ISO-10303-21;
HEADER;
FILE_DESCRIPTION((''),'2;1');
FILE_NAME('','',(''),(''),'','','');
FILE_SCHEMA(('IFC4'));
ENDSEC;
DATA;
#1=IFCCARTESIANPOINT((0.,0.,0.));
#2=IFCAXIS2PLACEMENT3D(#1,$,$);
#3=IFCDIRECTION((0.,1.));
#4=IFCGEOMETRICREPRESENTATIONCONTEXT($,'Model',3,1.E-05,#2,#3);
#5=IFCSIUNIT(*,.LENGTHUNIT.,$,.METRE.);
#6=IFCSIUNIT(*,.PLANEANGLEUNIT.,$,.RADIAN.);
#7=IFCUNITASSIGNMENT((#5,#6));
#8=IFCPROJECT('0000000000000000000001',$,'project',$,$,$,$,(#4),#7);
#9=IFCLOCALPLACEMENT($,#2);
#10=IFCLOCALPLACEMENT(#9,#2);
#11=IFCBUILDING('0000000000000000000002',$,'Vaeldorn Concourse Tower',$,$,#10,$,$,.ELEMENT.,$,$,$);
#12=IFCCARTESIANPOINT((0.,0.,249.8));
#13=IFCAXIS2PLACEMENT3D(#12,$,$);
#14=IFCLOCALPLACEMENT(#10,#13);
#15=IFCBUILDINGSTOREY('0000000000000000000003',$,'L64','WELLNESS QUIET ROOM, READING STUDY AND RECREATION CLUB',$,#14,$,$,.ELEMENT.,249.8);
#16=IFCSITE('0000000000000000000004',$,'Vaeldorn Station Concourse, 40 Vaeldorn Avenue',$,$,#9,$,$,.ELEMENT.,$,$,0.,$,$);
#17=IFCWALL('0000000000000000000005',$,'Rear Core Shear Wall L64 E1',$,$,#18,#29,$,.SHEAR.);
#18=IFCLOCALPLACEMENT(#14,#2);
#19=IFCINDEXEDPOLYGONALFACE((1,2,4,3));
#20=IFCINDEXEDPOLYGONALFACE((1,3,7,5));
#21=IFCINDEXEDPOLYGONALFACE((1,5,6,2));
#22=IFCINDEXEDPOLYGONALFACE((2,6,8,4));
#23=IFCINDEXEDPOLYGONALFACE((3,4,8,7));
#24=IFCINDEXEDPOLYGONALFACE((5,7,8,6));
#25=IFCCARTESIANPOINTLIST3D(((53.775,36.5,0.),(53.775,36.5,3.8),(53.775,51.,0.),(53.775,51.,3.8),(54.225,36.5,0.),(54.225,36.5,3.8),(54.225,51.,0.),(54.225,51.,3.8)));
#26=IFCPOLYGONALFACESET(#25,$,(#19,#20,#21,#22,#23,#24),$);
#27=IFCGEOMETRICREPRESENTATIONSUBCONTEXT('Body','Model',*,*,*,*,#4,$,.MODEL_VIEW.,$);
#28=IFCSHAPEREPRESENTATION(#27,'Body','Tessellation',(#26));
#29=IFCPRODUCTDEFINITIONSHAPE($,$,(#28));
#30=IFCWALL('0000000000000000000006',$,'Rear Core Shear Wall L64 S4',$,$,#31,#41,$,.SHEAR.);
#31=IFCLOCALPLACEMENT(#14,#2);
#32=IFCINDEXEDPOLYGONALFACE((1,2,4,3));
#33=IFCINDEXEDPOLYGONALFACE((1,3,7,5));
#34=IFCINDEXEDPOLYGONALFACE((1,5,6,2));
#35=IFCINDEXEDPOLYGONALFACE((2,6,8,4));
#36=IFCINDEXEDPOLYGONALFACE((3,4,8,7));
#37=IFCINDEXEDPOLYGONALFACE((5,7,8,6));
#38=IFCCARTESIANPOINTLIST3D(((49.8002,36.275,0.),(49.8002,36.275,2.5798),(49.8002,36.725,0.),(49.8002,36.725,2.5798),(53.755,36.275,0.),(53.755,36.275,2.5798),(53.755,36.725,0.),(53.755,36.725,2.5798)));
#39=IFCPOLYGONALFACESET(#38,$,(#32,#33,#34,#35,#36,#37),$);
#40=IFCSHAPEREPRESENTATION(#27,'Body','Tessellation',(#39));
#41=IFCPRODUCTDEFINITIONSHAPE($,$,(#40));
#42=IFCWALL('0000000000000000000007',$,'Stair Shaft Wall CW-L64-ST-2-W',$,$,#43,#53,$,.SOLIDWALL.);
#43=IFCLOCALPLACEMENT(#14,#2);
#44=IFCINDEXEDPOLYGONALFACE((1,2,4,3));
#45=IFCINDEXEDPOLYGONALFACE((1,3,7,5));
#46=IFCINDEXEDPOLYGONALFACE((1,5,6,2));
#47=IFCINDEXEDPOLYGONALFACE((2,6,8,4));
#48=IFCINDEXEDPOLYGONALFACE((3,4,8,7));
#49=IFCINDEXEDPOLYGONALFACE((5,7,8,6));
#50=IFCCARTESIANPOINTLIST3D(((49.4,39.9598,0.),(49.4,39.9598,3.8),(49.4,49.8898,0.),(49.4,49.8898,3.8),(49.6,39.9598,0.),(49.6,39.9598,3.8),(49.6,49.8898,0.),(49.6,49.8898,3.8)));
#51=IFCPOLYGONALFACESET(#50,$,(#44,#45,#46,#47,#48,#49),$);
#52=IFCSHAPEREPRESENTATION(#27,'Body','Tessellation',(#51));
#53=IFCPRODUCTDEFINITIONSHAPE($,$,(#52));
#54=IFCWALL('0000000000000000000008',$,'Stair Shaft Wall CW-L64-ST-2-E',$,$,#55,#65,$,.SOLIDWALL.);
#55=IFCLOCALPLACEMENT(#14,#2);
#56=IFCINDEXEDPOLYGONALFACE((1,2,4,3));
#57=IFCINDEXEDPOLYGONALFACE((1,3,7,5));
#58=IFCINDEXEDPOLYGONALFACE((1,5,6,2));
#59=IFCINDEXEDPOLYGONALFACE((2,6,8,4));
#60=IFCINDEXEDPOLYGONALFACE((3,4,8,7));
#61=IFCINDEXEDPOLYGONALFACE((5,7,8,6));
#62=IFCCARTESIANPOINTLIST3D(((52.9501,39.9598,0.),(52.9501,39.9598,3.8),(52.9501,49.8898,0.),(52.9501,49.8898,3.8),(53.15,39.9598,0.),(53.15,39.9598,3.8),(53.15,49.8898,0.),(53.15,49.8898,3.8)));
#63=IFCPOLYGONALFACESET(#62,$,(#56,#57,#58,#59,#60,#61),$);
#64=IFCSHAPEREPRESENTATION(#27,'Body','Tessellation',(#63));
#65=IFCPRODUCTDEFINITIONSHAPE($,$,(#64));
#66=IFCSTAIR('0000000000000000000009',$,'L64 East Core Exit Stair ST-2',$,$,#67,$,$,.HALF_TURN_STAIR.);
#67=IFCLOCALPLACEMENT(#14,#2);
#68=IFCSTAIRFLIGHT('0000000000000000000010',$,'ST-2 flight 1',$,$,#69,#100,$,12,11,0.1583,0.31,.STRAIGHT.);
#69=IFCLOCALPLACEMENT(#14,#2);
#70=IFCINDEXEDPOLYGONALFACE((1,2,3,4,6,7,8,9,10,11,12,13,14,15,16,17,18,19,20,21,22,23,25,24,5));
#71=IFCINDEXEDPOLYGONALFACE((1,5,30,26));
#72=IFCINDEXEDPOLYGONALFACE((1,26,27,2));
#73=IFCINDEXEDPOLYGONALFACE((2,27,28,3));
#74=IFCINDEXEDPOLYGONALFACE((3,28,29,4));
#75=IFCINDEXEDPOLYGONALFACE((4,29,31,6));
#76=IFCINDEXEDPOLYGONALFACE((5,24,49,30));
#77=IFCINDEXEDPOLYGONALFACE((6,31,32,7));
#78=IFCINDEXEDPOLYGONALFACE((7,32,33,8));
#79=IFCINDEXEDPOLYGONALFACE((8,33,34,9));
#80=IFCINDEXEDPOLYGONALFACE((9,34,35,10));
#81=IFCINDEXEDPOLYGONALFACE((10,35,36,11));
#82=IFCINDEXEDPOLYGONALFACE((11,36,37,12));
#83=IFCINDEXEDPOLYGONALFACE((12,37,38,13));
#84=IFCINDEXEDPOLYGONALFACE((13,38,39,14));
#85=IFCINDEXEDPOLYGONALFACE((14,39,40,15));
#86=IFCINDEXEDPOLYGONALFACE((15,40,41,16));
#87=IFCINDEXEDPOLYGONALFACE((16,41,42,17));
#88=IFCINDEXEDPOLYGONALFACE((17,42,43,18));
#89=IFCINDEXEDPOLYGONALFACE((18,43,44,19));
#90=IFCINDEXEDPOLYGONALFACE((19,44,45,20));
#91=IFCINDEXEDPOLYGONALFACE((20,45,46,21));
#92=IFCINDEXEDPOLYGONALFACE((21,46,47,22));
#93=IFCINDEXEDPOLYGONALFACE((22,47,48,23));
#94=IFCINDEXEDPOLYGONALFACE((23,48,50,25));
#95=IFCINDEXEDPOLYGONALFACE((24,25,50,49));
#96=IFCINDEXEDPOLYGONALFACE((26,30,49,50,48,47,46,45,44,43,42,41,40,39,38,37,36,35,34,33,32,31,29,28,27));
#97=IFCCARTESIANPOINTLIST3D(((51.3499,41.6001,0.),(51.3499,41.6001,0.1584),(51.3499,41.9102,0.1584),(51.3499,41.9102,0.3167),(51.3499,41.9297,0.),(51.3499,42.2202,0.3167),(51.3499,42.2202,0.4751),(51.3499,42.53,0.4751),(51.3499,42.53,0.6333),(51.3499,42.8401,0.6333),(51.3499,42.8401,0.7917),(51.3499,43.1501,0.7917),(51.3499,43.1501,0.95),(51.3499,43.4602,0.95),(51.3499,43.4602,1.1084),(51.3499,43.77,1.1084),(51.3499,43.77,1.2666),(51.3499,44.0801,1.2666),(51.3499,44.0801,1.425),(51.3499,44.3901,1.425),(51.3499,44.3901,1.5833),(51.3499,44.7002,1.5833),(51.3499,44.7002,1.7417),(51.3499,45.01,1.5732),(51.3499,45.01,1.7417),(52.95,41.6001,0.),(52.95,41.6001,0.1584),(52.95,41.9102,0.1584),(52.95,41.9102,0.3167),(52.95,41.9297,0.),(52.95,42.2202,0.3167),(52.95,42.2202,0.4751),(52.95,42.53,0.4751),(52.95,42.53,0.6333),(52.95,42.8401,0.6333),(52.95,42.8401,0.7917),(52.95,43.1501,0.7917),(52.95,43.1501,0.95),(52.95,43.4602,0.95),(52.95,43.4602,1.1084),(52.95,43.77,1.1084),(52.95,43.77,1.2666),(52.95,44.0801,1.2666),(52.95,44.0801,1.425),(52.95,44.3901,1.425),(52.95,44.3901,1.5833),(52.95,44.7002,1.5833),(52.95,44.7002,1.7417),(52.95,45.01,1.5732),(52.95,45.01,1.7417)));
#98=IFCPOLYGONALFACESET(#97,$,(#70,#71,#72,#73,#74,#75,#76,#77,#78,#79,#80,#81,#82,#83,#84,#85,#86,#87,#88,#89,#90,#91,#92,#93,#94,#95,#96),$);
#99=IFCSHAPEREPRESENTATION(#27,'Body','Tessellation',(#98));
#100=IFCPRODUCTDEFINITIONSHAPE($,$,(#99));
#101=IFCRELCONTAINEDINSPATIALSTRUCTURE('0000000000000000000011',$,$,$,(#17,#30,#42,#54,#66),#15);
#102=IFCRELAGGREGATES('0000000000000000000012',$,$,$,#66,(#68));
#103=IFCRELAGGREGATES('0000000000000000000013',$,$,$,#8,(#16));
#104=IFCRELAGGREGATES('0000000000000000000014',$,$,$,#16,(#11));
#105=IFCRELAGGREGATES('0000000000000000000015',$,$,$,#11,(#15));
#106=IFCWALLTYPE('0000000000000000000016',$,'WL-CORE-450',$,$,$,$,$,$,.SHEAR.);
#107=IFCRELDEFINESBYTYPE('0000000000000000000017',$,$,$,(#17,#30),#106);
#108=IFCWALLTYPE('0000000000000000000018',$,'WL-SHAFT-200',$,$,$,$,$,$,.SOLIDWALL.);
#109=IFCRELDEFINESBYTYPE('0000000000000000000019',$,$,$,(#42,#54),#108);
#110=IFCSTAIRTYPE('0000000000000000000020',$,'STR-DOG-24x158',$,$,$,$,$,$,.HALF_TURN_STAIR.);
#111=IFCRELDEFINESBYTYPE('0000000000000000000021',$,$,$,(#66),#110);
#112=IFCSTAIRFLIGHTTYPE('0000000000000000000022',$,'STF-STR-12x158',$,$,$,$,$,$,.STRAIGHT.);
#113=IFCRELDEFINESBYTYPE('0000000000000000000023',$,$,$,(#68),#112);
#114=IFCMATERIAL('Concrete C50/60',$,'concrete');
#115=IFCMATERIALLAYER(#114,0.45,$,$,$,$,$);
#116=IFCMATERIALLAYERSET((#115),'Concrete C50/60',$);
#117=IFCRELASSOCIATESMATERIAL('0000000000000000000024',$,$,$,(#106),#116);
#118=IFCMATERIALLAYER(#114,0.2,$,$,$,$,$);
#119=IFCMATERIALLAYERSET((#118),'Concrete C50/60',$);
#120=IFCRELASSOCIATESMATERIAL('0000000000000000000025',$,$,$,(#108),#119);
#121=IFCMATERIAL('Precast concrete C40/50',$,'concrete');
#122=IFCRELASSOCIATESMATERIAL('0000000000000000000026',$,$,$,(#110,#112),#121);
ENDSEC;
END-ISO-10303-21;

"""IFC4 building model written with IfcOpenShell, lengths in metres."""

from ifc_helpers import new_model, si_unit, direction, frame, frame_2d, origin, place, context, subcontext, project, spatial, polyline, rectangle, outline, extrude, material, layer, layer_set, type_object, element, aggregate, save


model = new_model("IFC4")

# Units and contexts
model_context = context("Model", 3, precision=1e-05, world=origin(), true_north=direction((0.0, 1.0)))
body_context = subcontext(model_context, "Body", "Model", "MODEL_VIEW")
ifc_project = project(units=[si_unit("LENGTHUNIT", "METRE"), si_unit("PLANEANGLEUNIT", "RADIAN")], contexts=[model_context])

# Site, building, storey
site_placement = place(None, origin())
site = spatial("IfcSite", under=ifc_project, at=site_placement, Name="Vaeldorn Station Concourse, 40 Vaeldorn Avenue", CompositionType="ELEMENT", RefElevation=0.0)
building_placement = place(site_placement, origin())
building = spatial("IfcBuilding", under=site, at=building_placement, Name="Vaeldorn Concourse Tower", CompositionType="ELEMENT")
storey_placement = place(building_placement, frame((0.0, 0.0, 249.8)))
storey = spatial("IfcBuildingStorey", under=building, at=storey_placement, Name="L64", Description="WELLNESS QUIET ROOM, READING STUDY AND RECREATION CLUB", CompositionType="ELEMENT", Elevation=249.8)

# Shared definitions
ifc_material_1 = material(Name="Concrete C50/60", Category="concrete")

# Walls
ifc_layer_1 = layer(ifc_material_1, 0.45)
ifc_layer_set_1 = layer_set([ifc_layer_1], Name="Concrete C50/60")
wall_type_1 = type_object("IfcWallType", Name="WL-CORE-450", PredefinedType="SHEAR", material=ifc_layer_set_1)
wall_1_placement = place(storey_placement, frame((54.0, 36.5, 0.0), z_axis=(0.0, 0.0, 1.0), x_axis=(0.0, 1.0, 0.0)))
element("IfcWall", 1, at=wall_1_placement, inside=storey, type_object=wall_type_1, Name="Rear Core Shear Wall L64 E1", PredefinedType="SHEAR", context=body_context, shape_type="SweptSolid", body=[
    extrude(rectangle(XDim=14.5, YDim=0.45, at=frame_2d((7.25, 0.0))), origin(), (0.0, 0.0, 1.0), 3.8),
])
wall_2_placement = place(storey_placement, frame((49.8, 36.5, 0.0), z_axis=(0.0, 0.0, 1.0), x_axis=(1.0, 0.0, 0.0)))
element("IfcWall", 2, at=wall_2_placement, inside=storey, type_object=wall_type_1, Name="Rear Core Shear Wall L64 S4", PredefinedType="SHEAR", context=body_context, shape_type="SweptSolid", body=[
    extrude(rectangle(XDim=3.9548, YDim=0.45, at=frame_2d((1.9775, 0.0))), origin(), (0.0, 0.0, 1.0), 2.5798),
])
ifc_layer_2 = layer(ifc_material_1, 0.2)
ifc_layer_set_2 = layer_set([ifc_layer_2], Name="Concrete C50/60")
wall_type_2 = type_object("IfcWallType", Name="WL-SHAFT-200", PredefinedType="SOLIDWALL", material=ifc_layer_set_2)
for number, where, z_axis, x_axis, name in (
    (3, (49.5, 39.96, 0.0), (0.0, 0.0, 1.0), (0.0, 1.0, 0.0), "Stair Shaft Wall CW-L64-ST-2-W"),
    (4, (53.05, 39.96, 0.0), (0.0, 0.0, 1.0), (0.0, 1.0, 0.0), "Stair Shaft Wall CW-L64-ST-2-E"),
):
    element("IfcWall", number, at=place(storey_placement, frame(where, z_axis=z_axis, x_axis=x_axis)), inside=storey, type_object=wall_type_2, Name=name, PredefinedType="SOLIDWALL", context=body_context, shape_type="SweptSolid", body=[
        extrude(rectangle(XDim=9.9299, YDim=0.2, at=frame_2d((4.9648, 0.0))), origin(), (0.0, 0.0, 1.0), 3.8),
    ])

# Stair, stair flight
ifc_material_2 = material(Name="Precast concrete C40/50", Category="concrete")
stair_type = type_object("IfcStairType", Name="STR-DOG-24x158", PredefinedType="HALF_TURN_STAIR", material=ifc_material_2)
stair_placement = place(storey_placement, origin())
stair = element("IfcStair", 5, at=stair_placement, inside=storey, type_object=stair_type, Name="L64 East Core Exit Stair ST-2", PredefinedType="HALF_TURN_STAIR")
stair_flight_type = type_object("IfcStairFlightType", Name="STF-STR-12x158", PredefinedType="STRAIGHT", material=ifc_material_2)
stair_flight_placement = place(storey_placement, frame((52.1499, 41.6001, 0.0), z_axis=(0.0, 0.0, 1.0), x_axis=(0.0, 1.0, 0.0)))
stair_flight = element("IfcStairFlight", 6, at=stair_flight_placement, type_object=stair_flight_type, Name="ST-2 flight 1", NumberOfRisers=12, NumberOfTreads=11, PredefinedType="STRAIGHT", RiserHeight=0.1583, TreadLength=0.31, context=body_context, shape_type="SweptSolid", body=[
    extrude(outline(polyline([(0.0, 0.0), (0.0, 0.1584), (0.3101, 0.1584), (0.3101, 0.3167), (0.6201, 0.3167), (0.6201, 0.4751), (0.9299, 0.4751), (0.9299, 0.6333), (1.24, 0.6333), (1.24, 0.7917), (1.55, 0.7917), (1.55, 0.95), (1.8601, 0.95), (1.8601, 1.1084), (2.1699, 1.1084), (2.1699, 1.2666), (2.48, 1.2666), (2.48, 1.425), (2.79, 1.425), (2.79, 1.5833), (3.1001, 1.5833), (3.1001, 1.7417), (3.4099, 1.7417), (3.4099, 1.8999), (3.4099, 1.5732), (0.3296, 0.0), (0.0, 0.0)])), frame((0.0, 0.8, 0.0), z_axis=(0.0, -1.0, 0.0), x_axis=(1.0, 0.0, 0.0)), (0.0, 0.0, 1.0), 1.6001),
])
aggregate(stair, [stair_flight])

save(model, "model.ifc")
